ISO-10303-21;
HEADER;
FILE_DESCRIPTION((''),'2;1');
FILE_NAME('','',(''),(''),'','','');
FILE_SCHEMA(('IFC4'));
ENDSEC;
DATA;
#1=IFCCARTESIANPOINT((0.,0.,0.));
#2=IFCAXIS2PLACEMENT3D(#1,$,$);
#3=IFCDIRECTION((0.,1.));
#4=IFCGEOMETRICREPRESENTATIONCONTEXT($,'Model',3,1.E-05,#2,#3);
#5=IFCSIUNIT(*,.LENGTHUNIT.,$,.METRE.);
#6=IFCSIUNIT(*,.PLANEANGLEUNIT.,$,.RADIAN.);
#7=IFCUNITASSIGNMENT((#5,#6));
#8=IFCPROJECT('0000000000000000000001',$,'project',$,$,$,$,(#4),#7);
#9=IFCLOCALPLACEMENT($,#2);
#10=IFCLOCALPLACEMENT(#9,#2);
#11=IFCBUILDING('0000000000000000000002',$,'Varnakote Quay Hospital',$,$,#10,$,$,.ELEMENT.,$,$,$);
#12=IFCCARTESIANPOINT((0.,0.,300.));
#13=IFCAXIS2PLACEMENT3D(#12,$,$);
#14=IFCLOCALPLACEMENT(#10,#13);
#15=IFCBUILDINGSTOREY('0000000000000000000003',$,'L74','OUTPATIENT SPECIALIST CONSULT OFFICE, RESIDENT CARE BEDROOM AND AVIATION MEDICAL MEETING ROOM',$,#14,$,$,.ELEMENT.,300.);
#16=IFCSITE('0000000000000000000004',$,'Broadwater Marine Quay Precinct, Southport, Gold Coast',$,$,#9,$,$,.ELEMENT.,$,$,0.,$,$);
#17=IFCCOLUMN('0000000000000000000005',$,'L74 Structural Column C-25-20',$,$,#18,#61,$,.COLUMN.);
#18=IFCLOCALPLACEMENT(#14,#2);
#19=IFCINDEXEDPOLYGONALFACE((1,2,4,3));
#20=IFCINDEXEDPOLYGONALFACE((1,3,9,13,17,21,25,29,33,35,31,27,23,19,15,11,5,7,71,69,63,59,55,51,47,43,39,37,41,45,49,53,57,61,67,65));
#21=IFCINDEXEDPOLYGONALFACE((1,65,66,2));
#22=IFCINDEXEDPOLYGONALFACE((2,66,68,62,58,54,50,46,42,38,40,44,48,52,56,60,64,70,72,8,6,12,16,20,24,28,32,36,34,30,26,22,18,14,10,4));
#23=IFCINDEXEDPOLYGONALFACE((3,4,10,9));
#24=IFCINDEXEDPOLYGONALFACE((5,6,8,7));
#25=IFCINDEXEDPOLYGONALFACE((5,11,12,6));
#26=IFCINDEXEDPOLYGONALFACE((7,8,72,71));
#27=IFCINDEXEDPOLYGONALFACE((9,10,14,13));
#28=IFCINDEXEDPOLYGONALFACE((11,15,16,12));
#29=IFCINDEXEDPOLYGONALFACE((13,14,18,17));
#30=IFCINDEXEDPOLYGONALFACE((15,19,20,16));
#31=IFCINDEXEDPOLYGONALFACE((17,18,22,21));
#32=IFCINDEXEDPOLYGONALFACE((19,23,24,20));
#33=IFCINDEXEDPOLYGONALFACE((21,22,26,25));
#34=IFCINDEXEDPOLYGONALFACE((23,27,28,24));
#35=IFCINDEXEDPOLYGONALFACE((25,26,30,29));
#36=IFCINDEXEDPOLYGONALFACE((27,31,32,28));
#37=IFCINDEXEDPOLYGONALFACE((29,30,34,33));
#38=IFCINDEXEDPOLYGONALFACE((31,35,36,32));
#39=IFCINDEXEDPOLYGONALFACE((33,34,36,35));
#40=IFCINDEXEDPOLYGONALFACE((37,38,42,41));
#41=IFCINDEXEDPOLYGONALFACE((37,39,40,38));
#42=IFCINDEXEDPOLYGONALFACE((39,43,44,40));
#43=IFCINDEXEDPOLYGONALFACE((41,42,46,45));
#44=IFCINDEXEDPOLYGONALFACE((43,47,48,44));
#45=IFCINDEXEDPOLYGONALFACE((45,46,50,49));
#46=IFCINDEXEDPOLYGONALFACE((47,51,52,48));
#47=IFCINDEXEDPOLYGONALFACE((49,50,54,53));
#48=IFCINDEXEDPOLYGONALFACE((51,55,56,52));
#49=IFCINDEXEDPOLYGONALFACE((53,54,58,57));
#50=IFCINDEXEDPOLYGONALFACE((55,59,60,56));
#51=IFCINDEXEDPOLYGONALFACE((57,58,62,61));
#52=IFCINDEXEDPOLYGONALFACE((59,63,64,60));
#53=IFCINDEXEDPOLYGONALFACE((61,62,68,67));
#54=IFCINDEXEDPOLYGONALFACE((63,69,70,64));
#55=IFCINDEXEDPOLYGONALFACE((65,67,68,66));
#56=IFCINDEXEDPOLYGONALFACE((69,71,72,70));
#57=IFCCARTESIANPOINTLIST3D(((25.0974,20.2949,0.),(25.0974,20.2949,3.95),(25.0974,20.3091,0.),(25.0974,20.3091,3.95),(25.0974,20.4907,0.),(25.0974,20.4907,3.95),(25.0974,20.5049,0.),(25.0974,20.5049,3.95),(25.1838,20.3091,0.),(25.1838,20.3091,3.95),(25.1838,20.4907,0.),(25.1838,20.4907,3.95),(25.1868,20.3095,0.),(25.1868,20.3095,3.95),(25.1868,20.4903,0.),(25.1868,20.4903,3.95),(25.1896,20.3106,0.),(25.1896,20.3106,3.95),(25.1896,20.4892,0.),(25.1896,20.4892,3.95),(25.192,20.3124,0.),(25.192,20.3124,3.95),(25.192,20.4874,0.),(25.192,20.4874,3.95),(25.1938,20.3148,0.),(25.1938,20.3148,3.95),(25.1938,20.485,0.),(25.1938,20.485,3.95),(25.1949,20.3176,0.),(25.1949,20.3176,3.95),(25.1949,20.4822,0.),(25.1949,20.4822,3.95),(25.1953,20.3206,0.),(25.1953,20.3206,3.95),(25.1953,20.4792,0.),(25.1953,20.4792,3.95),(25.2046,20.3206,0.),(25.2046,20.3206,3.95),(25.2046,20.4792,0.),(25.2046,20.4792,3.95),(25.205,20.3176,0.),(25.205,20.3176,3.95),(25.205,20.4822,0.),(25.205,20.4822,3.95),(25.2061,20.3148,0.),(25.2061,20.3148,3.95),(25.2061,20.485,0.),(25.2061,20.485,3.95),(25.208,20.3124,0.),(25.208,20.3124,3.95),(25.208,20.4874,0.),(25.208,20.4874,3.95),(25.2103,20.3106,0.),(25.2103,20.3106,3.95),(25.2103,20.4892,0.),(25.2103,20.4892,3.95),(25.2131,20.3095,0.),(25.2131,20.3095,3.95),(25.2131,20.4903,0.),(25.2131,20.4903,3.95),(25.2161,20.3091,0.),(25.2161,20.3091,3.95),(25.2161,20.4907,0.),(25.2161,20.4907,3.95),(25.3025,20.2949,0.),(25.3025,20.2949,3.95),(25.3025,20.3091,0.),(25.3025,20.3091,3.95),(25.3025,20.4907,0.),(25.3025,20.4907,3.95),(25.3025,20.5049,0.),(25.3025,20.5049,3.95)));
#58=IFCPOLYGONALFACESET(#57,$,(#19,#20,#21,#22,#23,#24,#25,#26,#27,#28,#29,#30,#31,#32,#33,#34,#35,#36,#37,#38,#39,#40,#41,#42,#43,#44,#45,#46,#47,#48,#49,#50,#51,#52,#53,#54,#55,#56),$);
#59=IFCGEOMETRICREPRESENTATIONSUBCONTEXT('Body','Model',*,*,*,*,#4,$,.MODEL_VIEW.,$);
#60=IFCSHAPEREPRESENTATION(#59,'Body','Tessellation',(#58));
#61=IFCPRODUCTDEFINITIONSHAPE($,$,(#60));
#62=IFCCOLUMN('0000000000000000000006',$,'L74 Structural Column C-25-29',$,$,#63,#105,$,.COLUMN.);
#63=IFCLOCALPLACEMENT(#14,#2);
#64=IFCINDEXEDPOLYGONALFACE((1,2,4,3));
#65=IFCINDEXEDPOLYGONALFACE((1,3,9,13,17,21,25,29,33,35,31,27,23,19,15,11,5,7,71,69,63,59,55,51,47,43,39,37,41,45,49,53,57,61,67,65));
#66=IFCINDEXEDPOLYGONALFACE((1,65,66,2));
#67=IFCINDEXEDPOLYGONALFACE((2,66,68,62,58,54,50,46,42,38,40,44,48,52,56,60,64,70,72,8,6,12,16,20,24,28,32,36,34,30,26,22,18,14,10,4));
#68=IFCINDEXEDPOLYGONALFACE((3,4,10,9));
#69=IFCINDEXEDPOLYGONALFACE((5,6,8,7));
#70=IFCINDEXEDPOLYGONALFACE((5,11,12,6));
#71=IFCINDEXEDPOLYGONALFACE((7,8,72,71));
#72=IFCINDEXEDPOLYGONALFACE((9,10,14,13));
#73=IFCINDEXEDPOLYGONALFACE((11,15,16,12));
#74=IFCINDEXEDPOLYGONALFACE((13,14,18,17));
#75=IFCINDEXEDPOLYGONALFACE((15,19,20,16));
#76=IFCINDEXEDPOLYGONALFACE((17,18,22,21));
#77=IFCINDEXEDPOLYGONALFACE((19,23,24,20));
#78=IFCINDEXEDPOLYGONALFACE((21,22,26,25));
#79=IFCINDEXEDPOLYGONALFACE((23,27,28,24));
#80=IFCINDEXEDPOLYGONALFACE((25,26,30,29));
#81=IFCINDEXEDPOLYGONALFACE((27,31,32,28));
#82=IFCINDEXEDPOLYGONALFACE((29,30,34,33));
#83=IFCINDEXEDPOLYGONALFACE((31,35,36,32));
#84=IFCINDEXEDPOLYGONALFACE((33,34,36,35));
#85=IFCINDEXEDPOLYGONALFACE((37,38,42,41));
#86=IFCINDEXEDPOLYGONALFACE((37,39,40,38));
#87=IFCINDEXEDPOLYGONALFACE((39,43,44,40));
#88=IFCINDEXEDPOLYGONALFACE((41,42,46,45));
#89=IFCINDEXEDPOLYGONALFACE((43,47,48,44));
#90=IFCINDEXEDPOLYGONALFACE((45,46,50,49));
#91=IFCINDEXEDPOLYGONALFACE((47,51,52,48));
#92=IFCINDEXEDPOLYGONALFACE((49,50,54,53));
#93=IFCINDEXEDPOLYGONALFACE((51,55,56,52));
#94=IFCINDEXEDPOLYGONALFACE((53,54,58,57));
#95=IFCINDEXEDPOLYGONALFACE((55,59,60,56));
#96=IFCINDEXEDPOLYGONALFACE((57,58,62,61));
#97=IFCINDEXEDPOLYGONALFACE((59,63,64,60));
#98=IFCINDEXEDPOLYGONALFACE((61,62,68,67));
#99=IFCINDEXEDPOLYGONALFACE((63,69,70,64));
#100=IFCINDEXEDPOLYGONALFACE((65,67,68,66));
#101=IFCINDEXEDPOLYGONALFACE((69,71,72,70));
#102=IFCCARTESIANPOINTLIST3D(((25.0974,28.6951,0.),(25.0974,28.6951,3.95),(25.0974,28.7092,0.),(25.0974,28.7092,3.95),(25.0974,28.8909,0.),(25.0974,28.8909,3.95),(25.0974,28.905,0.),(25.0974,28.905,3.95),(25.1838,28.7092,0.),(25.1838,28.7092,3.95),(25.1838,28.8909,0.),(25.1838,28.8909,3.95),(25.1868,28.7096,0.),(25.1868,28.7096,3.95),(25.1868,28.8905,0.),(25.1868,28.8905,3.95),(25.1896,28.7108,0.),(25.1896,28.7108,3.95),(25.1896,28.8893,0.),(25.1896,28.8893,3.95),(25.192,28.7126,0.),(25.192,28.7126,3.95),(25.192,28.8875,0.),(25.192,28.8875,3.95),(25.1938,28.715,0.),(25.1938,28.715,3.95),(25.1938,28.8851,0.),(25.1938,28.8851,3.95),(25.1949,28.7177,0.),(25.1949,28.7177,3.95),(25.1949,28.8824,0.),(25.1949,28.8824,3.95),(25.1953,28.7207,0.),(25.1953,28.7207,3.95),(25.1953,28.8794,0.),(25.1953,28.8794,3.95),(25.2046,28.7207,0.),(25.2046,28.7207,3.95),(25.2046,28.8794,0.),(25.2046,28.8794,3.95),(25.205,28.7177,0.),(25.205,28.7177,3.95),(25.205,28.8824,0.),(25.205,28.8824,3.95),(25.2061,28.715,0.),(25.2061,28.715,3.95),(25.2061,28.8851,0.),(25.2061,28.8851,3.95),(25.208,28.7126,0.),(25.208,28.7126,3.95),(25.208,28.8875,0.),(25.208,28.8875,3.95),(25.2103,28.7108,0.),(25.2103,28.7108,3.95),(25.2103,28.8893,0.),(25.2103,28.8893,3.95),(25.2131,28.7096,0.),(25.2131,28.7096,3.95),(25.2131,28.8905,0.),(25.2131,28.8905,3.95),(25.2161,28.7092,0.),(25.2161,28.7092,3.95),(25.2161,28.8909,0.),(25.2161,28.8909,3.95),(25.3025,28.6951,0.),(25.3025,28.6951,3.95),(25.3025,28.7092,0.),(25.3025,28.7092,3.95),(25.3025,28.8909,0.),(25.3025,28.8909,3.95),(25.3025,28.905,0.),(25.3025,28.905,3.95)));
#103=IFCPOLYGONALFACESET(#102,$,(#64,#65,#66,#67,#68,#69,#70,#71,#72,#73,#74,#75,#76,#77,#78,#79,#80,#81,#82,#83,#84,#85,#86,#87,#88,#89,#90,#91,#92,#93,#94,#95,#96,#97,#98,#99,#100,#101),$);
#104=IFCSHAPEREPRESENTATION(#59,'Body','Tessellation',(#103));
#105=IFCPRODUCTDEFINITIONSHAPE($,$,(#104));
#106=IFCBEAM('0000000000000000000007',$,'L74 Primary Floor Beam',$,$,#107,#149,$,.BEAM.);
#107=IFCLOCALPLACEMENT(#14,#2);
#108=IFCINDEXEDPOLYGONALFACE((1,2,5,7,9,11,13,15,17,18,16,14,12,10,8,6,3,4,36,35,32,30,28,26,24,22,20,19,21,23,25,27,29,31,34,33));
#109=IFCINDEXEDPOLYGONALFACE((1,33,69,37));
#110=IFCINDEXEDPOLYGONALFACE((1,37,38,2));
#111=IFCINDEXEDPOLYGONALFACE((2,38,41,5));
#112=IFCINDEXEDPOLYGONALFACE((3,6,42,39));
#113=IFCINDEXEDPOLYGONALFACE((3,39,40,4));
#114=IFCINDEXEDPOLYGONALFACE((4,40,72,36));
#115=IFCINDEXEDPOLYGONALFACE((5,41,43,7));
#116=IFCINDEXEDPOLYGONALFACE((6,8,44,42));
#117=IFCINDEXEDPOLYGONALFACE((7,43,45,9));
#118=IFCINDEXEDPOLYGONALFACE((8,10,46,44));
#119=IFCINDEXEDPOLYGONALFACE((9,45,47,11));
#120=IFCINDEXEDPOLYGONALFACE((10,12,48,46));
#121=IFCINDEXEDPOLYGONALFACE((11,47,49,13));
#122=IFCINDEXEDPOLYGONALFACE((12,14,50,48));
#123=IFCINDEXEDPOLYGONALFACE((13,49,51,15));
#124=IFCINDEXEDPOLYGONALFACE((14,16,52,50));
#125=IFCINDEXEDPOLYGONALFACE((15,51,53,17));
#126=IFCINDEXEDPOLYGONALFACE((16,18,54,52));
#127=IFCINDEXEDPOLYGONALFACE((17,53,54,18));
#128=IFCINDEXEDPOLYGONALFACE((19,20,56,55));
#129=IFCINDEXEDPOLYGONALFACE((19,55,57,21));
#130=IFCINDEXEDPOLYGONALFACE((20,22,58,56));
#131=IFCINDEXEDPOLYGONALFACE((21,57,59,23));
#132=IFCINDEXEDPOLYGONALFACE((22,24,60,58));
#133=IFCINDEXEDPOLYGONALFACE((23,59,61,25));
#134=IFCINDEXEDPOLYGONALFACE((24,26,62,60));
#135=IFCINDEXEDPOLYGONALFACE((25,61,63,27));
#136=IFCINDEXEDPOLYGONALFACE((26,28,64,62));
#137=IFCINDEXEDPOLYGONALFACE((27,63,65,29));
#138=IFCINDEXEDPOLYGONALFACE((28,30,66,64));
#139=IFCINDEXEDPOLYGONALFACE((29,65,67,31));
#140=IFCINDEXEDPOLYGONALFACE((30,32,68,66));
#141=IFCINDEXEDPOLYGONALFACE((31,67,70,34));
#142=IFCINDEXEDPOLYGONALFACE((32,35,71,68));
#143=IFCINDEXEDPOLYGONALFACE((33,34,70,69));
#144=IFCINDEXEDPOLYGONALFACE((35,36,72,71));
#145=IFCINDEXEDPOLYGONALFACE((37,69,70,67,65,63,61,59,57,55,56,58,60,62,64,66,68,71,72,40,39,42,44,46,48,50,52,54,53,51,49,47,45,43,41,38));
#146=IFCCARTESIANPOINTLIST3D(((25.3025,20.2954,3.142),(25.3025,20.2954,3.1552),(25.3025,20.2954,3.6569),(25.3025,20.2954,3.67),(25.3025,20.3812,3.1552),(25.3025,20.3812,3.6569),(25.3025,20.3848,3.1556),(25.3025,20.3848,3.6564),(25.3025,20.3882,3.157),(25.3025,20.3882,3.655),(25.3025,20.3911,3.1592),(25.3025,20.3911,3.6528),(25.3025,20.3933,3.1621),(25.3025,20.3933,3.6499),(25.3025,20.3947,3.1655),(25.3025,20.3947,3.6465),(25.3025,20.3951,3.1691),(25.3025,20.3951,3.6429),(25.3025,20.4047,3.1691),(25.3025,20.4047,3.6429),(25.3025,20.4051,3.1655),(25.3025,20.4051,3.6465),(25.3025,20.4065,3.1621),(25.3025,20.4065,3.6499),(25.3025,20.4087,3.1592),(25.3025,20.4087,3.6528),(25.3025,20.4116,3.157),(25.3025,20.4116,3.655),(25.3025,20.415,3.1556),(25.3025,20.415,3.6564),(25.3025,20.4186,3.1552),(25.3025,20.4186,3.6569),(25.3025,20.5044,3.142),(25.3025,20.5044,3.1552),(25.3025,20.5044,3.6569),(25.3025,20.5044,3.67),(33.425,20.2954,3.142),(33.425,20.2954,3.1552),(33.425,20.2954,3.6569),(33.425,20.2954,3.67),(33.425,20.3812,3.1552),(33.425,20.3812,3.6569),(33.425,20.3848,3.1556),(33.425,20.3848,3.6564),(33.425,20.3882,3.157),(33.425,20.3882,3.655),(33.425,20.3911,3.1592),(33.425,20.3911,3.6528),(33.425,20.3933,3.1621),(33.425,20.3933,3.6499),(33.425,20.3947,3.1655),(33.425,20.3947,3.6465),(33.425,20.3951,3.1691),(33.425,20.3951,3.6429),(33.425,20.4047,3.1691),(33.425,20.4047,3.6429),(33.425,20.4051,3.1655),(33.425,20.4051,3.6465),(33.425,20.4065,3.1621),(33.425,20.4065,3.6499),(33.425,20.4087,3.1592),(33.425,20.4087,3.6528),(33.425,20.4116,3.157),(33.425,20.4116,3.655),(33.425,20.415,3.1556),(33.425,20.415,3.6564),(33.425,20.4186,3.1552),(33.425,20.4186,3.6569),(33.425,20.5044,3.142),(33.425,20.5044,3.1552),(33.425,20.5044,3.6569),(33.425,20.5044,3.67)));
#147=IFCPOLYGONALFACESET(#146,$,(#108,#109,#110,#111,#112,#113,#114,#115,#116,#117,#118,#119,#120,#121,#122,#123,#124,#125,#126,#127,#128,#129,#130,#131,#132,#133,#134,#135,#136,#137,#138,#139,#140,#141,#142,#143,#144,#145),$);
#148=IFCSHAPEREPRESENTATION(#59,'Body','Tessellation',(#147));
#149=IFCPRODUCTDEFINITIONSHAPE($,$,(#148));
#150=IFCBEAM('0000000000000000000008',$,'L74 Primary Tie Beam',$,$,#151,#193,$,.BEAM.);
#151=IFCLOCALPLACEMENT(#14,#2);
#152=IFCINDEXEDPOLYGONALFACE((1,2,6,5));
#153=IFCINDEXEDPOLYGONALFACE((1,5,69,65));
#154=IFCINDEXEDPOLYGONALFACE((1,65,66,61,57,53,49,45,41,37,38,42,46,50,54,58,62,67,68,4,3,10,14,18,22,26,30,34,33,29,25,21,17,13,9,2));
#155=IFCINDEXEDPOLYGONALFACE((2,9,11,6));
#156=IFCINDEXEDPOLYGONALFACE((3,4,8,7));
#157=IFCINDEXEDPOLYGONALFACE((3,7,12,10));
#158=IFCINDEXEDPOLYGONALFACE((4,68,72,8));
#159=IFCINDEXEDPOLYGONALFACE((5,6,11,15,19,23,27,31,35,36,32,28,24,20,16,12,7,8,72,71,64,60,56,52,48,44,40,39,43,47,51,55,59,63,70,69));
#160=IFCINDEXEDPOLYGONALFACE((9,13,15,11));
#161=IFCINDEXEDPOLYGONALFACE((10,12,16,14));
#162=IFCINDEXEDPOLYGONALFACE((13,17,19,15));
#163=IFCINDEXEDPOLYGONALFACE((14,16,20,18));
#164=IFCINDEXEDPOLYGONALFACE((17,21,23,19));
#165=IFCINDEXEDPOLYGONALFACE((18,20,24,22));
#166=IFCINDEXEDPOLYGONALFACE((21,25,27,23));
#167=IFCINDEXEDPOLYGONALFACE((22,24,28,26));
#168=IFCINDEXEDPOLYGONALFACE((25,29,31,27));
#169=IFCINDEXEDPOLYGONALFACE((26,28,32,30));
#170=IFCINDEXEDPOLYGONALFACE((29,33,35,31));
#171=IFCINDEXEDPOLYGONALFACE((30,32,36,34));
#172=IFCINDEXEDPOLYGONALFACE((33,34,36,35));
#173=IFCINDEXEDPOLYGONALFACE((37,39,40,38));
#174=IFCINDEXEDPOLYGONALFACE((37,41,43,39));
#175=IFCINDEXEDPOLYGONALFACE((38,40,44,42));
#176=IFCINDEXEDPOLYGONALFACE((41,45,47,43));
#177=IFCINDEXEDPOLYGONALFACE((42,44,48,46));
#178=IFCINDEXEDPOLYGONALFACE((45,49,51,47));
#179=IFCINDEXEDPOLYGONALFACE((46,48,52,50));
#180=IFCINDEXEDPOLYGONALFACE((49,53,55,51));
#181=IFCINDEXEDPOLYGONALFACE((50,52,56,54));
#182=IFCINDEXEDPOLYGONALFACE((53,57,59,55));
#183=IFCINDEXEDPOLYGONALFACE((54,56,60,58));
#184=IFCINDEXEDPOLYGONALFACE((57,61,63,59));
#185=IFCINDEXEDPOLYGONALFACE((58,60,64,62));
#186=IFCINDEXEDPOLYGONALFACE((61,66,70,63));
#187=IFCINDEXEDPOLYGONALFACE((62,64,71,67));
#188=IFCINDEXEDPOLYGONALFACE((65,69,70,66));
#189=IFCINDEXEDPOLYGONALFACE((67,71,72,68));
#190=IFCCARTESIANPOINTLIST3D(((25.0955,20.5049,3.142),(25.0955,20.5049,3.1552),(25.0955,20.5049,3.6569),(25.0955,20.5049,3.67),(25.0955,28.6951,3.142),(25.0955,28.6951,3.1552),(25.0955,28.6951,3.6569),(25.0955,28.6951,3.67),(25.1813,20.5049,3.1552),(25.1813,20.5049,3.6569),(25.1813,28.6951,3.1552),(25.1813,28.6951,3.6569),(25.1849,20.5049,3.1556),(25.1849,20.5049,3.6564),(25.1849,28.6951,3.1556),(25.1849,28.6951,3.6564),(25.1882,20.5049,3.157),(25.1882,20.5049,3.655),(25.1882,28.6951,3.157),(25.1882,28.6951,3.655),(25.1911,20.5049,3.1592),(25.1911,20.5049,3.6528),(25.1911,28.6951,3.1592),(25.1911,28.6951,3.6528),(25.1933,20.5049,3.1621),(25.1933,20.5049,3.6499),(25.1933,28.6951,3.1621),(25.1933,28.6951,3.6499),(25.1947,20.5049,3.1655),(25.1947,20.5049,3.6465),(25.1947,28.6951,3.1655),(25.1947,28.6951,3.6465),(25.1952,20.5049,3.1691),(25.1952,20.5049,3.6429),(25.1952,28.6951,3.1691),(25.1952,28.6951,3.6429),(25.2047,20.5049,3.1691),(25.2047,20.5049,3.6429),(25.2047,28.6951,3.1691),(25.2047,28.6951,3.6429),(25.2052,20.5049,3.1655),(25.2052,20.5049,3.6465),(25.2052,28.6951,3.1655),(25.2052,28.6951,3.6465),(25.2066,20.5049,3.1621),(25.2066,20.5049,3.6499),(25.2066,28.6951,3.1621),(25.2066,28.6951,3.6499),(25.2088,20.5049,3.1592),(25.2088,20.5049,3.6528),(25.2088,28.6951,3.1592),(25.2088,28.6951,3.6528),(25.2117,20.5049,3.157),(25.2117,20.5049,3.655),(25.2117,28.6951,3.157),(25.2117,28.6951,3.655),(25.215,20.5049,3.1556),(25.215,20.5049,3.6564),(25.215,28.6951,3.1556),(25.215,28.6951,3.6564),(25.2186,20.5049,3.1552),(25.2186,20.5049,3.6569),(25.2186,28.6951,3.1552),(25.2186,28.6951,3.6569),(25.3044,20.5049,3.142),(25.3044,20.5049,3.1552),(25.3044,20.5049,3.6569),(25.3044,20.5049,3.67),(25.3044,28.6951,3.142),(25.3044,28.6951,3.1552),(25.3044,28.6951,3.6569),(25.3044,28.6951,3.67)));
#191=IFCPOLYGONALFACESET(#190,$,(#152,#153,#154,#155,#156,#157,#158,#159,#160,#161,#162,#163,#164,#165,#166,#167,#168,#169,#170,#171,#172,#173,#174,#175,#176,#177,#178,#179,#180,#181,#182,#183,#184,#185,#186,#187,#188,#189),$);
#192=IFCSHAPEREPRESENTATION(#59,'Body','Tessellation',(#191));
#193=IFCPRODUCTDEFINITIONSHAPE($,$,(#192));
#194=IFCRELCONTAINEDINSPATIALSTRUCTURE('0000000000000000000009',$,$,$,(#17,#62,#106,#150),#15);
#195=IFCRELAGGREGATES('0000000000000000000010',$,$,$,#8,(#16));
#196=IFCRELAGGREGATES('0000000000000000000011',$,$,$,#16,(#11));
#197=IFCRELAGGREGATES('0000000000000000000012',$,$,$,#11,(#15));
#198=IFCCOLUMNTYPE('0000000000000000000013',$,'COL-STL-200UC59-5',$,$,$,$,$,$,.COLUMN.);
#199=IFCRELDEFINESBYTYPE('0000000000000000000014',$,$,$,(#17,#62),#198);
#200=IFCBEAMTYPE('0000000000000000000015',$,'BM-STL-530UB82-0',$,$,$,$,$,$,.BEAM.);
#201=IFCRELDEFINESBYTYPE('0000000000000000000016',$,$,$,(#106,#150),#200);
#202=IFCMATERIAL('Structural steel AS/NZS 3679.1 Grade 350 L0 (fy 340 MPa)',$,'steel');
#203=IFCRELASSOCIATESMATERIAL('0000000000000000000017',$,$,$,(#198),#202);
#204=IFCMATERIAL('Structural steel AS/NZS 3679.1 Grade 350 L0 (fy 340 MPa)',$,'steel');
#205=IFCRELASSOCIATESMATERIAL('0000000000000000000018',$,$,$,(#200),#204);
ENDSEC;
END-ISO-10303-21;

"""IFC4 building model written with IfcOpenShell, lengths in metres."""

from ifc_helpers import new_model, si_unit, direction, frame, origin, origin_2d, place, context, subcontext, project, spatial, i_section, extrude, material, material_profile, profile_set, type_object, element, save


model = new_model("IFC4")

# Units and contexts
model_context = context("Model", 3, precision=1e-05, world=origin(), true_north=direction((0.0, 1.0)))
body_context = subcontext(model_context, "Body", "Model", "MODEL_VIEW")
ifc_project = project(units=[si_unit("LENGTHUNIT", "METRE"), si_unit("PLANEANGLEUNIT", "RADIAN")], contexts=[model_context])

# Site, building, storey
site_placement = place(None, origin())
site = spatial("IfcSite", under=ifc_project, at=site_placement, Name="Broadwater Marine Quay Precinct, Southport, Gold Coast", CompositionType="ELEMENT", RefElevation=0.0)
building_placement = place(site_placement, origin())
building = spatial("IfcBuilding", under=site, at=building_placement, Name="Varnakote Quay Hospital", CompositionType="ELEMENT")
storey_placement = place(building_placement, frame((0.0, 0.0, 300.0)))
storey = spatial("IfcBuildingStorey", under=building, at=storey_placement, Name="L74", Description="OUTPATIENT SPECIALIST CONSULT OFFICE, RESIDENT CARE BEDROOM AND AVIATION MEDICAL MEETING ROOM", CompositionType="ELEMENT", Elevation=300.0)

# Columns
ifc_material_1 = material(Name="Structural steel AS/NZS 3679.1 Grade 350 L0 (fy 340 MPa)", Category="steel")
ifc_material_profile_1 = material_profile(ifc_material_1, i_section(OverallWidth=0.2051, OverallDepth=0.21, WebThickness=0.0093, FlangeThickness=0.0142, FilletRadius=0.0115, at=origin_2d()), Name="200UC59.5")
ifc_profile_set_1 = profile_set([ifc_material_profile_1], Name="Structural steel AS/NZS 3679.1 Grade 350 L0 (fy 340 MPa)")
column_type = type_object("IfcColumnType", Name="COL-STL-200UC59-5", PredefinedType="COLUMN", material=ifc_profile_set_1)
for number, where, z_axis, x_axis, name in (
    (1, (25.2, 20.3999, 0.0), (0.0, 0.0, 1.0), (1.0, 0.0, 0.0), "L74 Structural Column C-25-20"),
    (2, (25.2, 28.8, 0.0), (0.0, 0.0, 1.0), (1.0, 0.0, 0.0), "L74 Structural Column C-25-29"),
):
    element("IfcColumn", number, at=place(storey_placement, frame(where, z_axis=z_axis, x_axis=x_axis)), inside=storey, type_object=column_type, Name=name, PredefinedType="COLUMN", context=body_context, shape_type="SweptSolid", body=[
        extrude(i_section(OverallWidth=0.2051, OverallDepth=0.21, WebThickness=0.0093, FlangeThickness=0.0142, FilletRadius=0.0115, at=origin_2d()), origin(), (0.0, 0.0, 1.0), 3.95),
    ])

# Beams
ifc_material_2 = material(Name="Structural steel AS/NZS 3679.1 Grade 350 L0 (fy 340 MPa)", Category="steel")
ifc_material_profile_2 = material_profile(ifc_material_2, i_section(OverallWidth=0.209, OverallDepth=0.5281, WebThickness=0.0095, FlangeThickness=0.0132, FilletRadius=0.0139, at=origin_2d()), Name="530UB82.0")
ifc_profile_set_2 = profile_set([ifc_material_profile_2], Name="Structural steel AS/NZS 3679.1 Grade 350 L0 (fy 340 MPa)")
beam_type = type_object("IfcBeamType", Name="BM-STL-530UB82-0", PredefinedType="BEAM", material=ifc_profile_set_2)
beam_1_placement = place(storey_placement, frame((25.3025, 20.3999, 3.406), z_axis=(1.0, 0.0, 0.0), x_axis=(0.0, 1.0, 0.0)))
element("IfcBeam", 3, at=beam_1_placement, inside=storey, type_object=beam_type, Name="L74 Primary Floor Beam", PredefinedType="BEAM", context=body_context, shape_type="SweptSolid", body=[
    extrude(i_section(OverallWidth=0.209, OverallDepth=0.5281, WebThickness=0.0095, FlangeThickness=0.0132, FilletRadius=0.0139, at=origin_2d()), origin(), (0.0, 0.0, 1.0), 8.1226),
])
beam_2_placement = place(storey_placement, frame((25.2, 20.5049, 3.406), z_axis=(0.0, 1.0, 0.0), x_axis=(-1.0, 0.0, 0.0)))
element("IfcBeam", 4, at=beam_2_placement, inside=storey, type_object=beam_type, Name="L74 Primary Tie Beam", PredefinedType="BEAM", context=body_context, shape_type="SweptSolid", body=[
    extrude(i_section(OverallWidth=0.209, OverallDepth=0.5281, WebThickness=0.0095, FlangeThickness=0.0132, FilletRadius=0.0139, at=origin_2d()), origin(), (0.0, 0.0, 1.0), 8.1902),
])

save(model, "model.ifc")
